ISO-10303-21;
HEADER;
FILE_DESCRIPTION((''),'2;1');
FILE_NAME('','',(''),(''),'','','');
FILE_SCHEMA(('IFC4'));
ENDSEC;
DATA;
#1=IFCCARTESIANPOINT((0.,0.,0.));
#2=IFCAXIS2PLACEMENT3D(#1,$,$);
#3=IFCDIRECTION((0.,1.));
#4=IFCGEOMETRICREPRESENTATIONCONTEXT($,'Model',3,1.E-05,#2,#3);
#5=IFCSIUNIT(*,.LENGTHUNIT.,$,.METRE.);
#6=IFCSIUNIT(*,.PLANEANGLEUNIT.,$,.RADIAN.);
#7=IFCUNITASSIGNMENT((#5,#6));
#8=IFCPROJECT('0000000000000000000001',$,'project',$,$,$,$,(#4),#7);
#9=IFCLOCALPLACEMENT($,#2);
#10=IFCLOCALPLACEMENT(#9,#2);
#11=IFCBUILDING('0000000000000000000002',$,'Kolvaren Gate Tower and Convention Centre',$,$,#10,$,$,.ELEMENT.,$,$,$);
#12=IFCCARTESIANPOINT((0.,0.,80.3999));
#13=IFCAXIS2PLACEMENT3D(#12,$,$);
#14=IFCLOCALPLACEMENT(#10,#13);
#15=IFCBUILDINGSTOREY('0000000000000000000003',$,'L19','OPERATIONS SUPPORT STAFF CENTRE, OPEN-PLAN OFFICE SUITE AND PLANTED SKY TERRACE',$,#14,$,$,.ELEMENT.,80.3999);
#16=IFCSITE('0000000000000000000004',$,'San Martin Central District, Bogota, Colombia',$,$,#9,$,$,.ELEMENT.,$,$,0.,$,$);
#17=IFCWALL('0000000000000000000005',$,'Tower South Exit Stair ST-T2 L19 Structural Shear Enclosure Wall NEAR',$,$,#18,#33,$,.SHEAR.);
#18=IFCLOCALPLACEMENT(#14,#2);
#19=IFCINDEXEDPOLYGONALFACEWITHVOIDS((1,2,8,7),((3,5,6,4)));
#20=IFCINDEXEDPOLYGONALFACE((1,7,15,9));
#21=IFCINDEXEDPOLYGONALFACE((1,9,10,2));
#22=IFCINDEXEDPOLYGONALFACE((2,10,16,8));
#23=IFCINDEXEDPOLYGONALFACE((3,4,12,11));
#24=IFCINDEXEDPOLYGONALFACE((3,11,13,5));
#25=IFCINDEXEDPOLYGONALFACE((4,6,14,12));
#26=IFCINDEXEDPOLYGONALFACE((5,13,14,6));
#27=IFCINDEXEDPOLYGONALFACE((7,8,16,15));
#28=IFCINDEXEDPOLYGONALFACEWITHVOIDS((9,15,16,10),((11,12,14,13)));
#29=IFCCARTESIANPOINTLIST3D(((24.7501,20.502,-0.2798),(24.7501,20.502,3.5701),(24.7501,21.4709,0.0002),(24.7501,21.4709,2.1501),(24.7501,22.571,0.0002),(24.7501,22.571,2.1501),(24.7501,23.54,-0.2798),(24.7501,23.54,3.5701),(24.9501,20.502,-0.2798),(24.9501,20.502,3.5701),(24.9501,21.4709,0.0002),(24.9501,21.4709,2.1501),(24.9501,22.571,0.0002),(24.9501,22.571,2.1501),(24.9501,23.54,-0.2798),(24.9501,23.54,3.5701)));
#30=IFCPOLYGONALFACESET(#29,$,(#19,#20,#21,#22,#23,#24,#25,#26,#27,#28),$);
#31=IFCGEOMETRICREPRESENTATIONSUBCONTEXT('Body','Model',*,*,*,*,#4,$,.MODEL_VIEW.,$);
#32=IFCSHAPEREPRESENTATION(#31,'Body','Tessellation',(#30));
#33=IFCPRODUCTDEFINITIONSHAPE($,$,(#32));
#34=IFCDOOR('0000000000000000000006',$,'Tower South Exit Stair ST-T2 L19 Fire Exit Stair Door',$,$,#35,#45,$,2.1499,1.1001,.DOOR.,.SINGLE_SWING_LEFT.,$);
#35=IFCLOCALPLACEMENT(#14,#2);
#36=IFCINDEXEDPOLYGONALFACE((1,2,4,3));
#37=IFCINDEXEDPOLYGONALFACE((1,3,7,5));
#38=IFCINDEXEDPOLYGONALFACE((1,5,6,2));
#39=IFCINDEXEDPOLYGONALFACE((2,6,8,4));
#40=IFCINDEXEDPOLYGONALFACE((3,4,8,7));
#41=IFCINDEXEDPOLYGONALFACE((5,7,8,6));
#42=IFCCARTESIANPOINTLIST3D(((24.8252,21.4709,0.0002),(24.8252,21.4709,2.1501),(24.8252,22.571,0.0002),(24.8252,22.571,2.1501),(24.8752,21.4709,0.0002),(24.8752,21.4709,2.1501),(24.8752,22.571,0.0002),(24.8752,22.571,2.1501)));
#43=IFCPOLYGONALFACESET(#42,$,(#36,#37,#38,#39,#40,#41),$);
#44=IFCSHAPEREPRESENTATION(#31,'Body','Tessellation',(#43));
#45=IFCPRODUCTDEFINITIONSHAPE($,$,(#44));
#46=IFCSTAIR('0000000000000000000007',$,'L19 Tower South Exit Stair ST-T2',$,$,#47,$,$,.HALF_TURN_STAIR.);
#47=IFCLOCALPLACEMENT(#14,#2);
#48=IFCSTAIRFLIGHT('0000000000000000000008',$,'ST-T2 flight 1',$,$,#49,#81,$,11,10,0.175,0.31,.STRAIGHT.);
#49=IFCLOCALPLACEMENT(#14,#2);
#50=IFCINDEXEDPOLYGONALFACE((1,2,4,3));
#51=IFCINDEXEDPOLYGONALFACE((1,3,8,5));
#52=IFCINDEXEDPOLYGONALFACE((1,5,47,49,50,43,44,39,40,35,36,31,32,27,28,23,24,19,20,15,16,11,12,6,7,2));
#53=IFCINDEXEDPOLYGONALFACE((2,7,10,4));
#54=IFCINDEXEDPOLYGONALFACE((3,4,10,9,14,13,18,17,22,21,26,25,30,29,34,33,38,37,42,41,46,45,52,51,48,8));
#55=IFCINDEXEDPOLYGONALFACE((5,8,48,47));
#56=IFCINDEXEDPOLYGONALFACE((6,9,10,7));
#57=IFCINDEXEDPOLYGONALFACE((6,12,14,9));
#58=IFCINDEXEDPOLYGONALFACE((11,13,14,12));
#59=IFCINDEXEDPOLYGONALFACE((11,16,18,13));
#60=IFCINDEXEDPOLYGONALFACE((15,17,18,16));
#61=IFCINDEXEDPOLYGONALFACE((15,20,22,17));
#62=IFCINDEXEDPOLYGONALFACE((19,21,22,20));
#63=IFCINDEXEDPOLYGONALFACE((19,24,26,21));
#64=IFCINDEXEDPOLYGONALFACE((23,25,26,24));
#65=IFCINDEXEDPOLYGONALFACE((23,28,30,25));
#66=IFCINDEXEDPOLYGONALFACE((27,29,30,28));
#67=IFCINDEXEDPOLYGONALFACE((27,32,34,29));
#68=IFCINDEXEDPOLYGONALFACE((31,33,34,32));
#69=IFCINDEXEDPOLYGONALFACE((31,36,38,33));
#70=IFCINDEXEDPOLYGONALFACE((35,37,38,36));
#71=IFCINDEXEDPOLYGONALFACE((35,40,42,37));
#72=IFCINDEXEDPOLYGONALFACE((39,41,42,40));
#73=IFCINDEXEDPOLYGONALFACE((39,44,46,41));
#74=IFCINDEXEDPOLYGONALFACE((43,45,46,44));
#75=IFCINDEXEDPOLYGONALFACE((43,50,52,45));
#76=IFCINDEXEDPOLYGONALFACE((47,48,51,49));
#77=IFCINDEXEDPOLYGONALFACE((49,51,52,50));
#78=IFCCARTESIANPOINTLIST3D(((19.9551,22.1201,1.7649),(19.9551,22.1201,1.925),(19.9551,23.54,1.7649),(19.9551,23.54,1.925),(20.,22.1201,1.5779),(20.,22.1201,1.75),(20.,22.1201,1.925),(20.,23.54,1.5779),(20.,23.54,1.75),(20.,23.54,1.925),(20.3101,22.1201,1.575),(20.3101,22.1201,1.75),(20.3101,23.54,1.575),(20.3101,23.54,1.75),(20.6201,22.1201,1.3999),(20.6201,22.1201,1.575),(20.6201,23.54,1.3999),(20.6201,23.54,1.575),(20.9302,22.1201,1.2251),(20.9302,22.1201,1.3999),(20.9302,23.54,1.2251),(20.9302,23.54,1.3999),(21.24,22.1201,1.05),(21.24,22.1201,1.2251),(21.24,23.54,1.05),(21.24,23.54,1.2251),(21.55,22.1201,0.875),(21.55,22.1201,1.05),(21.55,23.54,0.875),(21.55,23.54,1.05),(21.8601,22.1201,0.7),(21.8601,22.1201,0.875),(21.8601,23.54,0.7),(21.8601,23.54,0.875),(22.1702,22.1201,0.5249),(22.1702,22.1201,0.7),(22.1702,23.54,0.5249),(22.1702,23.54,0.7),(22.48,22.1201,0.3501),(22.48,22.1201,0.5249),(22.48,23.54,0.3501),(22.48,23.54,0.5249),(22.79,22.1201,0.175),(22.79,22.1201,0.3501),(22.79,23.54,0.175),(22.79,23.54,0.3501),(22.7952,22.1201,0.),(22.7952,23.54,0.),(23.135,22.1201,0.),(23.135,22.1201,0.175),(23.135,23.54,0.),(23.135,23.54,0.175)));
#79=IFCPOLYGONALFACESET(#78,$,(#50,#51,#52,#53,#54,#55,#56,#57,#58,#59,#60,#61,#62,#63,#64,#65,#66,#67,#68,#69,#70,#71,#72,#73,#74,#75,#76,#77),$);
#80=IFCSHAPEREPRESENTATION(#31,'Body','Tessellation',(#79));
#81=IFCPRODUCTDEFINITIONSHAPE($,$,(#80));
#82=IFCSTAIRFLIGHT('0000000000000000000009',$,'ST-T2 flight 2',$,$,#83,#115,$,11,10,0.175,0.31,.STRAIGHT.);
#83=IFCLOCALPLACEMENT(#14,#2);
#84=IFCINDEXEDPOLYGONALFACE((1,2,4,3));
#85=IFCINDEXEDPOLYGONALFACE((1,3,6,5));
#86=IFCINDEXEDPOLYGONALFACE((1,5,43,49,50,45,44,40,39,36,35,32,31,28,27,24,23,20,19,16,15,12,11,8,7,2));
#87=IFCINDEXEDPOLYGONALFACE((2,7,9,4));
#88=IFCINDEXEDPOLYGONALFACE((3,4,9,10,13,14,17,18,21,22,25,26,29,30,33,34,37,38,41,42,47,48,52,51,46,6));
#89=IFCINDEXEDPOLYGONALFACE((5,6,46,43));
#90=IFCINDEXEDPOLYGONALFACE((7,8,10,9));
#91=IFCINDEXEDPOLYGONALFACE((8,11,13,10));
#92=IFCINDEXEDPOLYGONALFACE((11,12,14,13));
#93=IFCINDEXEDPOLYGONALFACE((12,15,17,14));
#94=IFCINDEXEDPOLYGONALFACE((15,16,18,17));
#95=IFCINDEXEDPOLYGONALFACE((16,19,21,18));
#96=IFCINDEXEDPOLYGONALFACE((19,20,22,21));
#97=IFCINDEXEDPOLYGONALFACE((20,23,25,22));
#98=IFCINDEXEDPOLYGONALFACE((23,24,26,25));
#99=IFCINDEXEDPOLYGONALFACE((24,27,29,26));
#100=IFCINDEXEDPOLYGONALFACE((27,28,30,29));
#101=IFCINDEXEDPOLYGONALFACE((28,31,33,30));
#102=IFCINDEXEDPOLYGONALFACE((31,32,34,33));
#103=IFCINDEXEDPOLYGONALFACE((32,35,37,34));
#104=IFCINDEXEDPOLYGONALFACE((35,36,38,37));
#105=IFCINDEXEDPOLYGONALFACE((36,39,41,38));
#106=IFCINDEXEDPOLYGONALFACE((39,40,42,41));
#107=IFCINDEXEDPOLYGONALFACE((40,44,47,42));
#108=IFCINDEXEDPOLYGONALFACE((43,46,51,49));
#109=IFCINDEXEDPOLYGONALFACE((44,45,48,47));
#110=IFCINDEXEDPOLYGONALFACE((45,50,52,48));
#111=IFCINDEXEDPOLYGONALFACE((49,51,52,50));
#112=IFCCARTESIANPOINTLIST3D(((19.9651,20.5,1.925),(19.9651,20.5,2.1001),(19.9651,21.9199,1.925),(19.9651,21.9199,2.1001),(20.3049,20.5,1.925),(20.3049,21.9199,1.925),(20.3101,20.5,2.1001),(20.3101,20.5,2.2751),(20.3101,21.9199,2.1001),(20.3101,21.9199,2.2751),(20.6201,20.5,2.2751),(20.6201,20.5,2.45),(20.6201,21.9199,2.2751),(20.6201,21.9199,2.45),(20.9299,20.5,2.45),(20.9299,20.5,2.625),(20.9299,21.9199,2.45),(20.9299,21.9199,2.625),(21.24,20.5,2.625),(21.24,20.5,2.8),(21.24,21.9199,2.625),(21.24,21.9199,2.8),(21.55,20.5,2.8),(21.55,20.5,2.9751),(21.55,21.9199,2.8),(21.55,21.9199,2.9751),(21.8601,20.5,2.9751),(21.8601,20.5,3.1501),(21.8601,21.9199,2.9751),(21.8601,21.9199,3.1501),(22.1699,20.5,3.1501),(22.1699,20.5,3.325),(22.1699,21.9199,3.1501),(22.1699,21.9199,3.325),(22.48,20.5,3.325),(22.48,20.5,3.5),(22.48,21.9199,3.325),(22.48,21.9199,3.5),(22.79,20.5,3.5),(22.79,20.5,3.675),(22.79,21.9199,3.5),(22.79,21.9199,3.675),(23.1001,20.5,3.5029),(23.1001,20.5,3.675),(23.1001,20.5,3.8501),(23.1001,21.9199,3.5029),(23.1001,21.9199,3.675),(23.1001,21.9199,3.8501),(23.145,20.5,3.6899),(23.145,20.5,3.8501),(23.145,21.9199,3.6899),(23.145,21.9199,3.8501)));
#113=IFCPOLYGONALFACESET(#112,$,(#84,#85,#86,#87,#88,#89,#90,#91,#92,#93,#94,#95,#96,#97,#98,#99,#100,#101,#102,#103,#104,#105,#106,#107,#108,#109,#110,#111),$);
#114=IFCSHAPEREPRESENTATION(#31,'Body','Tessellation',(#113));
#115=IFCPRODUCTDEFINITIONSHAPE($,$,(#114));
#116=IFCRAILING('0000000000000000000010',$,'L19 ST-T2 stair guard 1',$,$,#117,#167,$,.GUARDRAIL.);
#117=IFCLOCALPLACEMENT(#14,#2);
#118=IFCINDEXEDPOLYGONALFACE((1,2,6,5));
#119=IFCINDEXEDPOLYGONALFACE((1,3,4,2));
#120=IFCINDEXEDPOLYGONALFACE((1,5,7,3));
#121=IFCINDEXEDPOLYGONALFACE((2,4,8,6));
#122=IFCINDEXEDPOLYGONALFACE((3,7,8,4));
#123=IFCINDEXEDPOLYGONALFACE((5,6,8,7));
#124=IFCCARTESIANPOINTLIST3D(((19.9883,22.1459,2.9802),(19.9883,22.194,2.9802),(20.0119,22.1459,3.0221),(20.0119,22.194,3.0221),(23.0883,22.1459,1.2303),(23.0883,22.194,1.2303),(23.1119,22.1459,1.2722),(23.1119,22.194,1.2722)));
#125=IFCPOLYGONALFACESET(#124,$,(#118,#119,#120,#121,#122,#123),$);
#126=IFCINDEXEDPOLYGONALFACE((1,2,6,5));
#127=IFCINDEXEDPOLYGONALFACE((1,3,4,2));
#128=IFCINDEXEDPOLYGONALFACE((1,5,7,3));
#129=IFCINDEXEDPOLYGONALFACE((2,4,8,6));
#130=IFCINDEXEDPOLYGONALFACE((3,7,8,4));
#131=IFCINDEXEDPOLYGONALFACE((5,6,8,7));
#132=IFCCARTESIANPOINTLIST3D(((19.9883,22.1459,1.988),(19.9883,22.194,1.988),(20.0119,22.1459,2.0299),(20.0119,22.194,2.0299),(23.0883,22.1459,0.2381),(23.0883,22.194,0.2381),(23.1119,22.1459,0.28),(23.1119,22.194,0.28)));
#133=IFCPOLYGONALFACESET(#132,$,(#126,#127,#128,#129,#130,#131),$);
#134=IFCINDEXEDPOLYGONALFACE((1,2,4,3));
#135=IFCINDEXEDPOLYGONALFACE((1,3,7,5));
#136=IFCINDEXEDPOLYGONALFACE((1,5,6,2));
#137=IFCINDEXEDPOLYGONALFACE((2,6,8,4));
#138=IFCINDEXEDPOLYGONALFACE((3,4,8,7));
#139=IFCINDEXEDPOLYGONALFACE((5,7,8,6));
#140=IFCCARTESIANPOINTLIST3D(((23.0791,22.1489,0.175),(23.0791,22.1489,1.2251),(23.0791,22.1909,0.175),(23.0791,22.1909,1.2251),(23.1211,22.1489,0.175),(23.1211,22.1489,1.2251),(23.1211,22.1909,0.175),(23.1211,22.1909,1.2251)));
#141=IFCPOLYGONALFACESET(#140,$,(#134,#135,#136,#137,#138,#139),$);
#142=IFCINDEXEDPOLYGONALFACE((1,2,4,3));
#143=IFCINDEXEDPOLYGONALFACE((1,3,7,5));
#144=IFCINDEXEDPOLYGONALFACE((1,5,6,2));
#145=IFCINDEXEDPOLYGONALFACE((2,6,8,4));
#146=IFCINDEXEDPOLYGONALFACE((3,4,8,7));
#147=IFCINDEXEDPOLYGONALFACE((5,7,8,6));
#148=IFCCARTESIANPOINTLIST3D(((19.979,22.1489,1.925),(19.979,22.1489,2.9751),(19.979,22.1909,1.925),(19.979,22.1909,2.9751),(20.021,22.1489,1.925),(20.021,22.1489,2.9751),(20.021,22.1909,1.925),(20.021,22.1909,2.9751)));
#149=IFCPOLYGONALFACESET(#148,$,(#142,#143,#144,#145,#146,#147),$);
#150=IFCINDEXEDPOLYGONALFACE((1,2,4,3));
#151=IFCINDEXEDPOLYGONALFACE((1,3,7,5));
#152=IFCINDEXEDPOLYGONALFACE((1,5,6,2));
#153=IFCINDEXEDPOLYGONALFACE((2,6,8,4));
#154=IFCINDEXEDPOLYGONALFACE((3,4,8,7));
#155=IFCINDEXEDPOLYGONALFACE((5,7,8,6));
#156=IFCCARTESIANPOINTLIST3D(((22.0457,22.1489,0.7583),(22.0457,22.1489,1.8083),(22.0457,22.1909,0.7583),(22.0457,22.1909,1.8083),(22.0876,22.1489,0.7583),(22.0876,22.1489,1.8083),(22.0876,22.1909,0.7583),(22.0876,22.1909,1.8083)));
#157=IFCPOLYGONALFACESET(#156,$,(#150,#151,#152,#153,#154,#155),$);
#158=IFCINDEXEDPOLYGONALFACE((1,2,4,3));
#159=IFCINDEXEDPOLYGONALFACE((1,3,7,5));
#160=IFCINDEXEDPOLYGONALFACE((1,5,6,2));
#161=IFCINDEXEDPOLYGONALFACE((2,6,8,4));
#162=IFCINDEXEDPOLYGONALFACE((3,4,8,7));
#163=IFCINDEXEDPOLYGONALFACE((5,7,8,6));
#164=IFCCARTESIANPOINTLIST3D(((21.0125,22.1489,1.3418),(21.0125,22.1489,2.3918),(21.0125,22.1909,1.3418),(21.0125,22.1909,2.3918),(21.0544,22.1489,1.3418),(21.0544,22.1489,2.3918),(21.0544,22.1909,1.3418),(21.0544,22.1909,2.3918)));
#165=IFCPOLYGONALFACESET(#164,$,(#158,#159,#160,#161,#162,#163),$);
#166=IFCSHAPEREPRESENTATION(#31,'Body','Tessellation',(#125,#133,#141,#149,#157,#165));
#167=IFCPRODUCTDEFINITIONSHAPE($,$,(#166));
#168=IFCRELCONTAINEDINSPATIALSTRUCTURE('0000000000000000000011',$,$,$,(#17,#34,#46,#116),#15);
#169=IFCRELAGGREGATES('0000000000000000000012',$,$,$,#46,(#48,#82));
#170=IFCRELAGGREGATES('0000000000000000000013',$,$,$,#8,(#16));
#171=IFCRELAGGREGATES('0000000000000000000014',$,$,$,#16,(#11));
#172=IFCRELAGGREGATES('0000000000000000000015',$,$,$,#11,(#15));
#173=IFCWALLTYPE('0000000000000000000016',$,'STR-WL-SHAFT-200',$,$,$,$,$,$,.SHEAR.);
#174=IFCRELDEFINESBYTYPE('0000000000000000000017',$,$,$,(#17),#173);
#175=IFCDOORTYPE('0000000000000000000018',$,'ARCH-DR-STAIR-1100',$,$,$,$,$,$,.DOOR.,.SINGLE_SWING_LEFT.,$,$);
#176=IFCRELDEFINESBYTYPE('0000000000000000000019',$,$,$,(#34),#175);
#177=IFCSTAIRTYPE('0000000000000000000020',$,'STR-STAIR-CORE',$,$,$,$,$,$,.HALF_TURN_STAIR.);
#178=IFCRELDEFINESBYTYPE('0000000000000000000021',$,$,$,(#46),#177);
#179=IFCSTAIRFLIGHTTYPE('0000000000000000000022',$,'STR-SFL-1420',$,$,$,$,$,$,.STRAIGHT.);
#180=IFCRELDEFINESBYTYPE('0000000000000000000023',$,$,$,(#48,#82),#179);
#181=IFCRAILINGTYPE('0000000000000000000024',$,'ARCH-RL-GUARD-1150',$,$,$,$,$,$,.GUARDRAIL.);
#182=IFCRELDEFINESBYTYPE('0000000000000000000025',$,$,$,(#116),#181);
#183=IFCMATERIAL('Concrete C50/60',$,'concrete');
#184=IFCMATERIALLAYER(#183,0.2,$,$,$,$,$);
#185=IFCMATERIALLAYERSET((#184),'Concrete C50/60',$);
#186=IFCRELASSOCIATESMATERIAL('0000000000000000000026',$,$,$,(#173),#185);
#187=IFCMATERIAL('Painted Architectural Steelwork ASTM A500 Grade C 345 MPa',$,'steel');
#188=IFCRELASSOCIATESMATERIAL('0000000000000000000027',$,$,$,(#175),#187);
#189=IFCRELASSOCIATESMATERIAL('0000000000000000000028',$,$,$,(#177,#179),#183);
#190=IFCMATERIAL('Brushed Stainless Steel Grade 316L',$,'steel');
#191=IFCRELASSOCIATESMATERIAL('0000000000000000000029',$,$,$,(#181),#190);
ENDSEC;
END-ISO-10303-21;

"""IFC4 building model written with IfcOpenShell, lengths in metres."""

from ifc_helpers import new_model, si_unit, direction, frame, frame_2d, origin, origin_2d, place, context, subcontext, project, spatial, polyline, rectangle, outline, extrude, material, layer, layer_set, type_object, element, fill, aggregate, save


model = new_model("IFC4")

# Units and contexts
model_context = context("Model", 3, precision=1e-05, world=origin(), true_north=direction((0.0, 1.0)))
body_context = subcontext(model_context, "Body", "Model", "MODEL_VIEW")
ifc_project = project(units=[si_unit("LENGTHUNIT", "METRE"), si_unit("PLANEANGLEUNIT", "RADIAN")], contexts=[model_context])

# Site, building, storey
site_placement = place(None, origin())
site = spatial("IfcSite", under=ifc_project, at=site_placement, Name="San Martin Central District, Bogota, Colombia", CompositionType="ELEMENT", RefElevation=0.0)
building_placement = place(site_placement, origin())
building = spatial("IfcBuilding", under=site, at=building_placement, Name="Kolvaren Gate Tower and Convention Centre", CompositionType="ELEMENT")
storey_placement = place(building_placement, frame((0.0, 0.0, 80.3999)))
storey = spatial("IfcBuildingStorey", under=building, at=storey_placement, Name="L19", Description="OPERATIONS SUPPORT STAFF CENTRE, OPEN-PLAN OFFICE SUITE AND PLANTED SKY TERRACE", CompositionType="ELEMENT", Elevation=80.3999)

# Shared definitions
ifc_material_1 = material(Name="Brushed Stainless Steel Grade 316L", Category="steel")

# Wall, opening, door
ifc_material_2 = material(Name="Concrete C50/60", Category="concrete")
ifc_layer_1 = layer(ifc_material_2, 0.2)
ifc_layer_set_1 = layer_set([ifc_layer_1], Name="Concrete C50/60")
wall_type_1 = type_object("IfcWallType", Name="STR-WL-SHAFT-200", PredefinedType="SHEAR", material=ifc_layer_set_1)
wall_1_placement = place(storey_placement, frame((24.8501, 20.502, -0.2798), z_axis=(0.0, 0.0, 1.0), x_axis=(0.0, 1.0, 0.0)))
wall_1 = element("IfcWall", 1, at=wall_1_placement, inside=storey, type_object=wall_type_1, Name="Tower South Exit Stair ST-T2 L19 Structural Shear Enclosure Wall NEAR", PredefinedType="SHEAR", context=body_context, shape_type="SweptSolid", body=[
    extrude(rectangle(XDim=3.0381, YDim=0.2, at=frame_2d((1.519, 0.0))), origin(), (0.0, 0.0, 1.0), 3.8499),
])
opening_1_placement = place(wall_1_placement, frame((0.969, 0.0, 0.28)))
opening_1 = element("IfcOpeningElement", 2, at=opening_1_placement, cuts=wall_1, PredefinedType="OPENING", context=body_context, shape_type="SweptSolid", body=[
    extrude(rectangle(XDim=1.1001, YDim=2.1499, at=frame_2d((0.55, 1.075))), frame((0.0, 0.1099, 0.0), z_axis=(0.0, -1.0, 0.0), x_axis=(1.0, 0.0, 0.0)), (0.0, 0.0, 1.0), 0.22),
])
ifc_material_3 = material(Name="Painted Architectural Steelwork ASTM A500 Grade C 345 MPa", Category="steel")
door_type_1 = type_object("IfcDoorType", Name="ARCH-DR-STAIR-1100", OperationType="SINGLE_SWING_LEFT", PredefinedType="DOOR", material=ifc_material_3)
door_1_placement = place(opening_1_placement, origin())
door_1 = element("IfcDoor", 3, at=door_1_placement, inside=storey, type_object=door_type_1, Name="Tower South Exit Stair ST-T2 L19 Fire Exit Stair Door", OperationType="SINGLE_SWING_LEFT", OverallHeight=2.1499, OverallWidth=1.1001, PredefinedType="DOOR", context=body_context, shape_type="SweptSolid", body=[
    extrude(rectangle(XDim=1.1001, YDim=2.1499, at=frame_2d((0.55, 1.075))), frame((0.0, 0.0249, 0.0), z_axis=(0.0, -1.0, 0.0), x_axis=(1.0, 0.0, 0.0)), (0.0, 0.0, 1.0), 0.05),
])
fill(opening_1, door_1)

# Stair, stair flights
stair_type = type_object("IfcStairType", Name="STR-STAIR-CORE", PredefinedType="HALF_TURN_STAIR", material=ifc_material_2)
stair_placement = place(storey_placement, origin())
stair = element("IfcStair", 4, at=stair_placement, inside=storey, type_object=stair_type, Name="L19 Tower South Exit Stair ST-T2", PredefinedType="HALF_TURN_STAIR")
stair_flight_type = type_object("IfcStairFlightType", Name="STR-SFL-1420", PredefinedType="STRAIGHT", material=ifc_material_2)
stair_flight_1_placement = place(storey_placement, frame((23.1001, 22.8301, 0.0), z_axis=(0.0, 0.0, 1.0), x_axis=(-1.0, 0.0, 0.0)))
stair_flight_1 = element("IfcStairFlight", 5, at=stair_flight_1_placement, type_object=stair_flight_type, Name="ST-T2 flight 1", NumberOfRisers=11, NumberOfTreads=10, PredefinedType="STRAIGHT", RiserHeight=0.175, TreadLength=0.31, context=body_context, shape_type="SweptSolid", body=[
    extrude(outline(polyline([(-0.0349, 0.0), (-0.0349, 0.175), (0.3101, 0.175), (0.3101, 0.3501), (0.6201, 0.3501), (0.6201, 0.5249), (0.9299, 0.5249), (0.9299, 0.7), (1.24, 0.7), (1.24, 0.875), (1.55, 0.875), (1.55, 1.05), (1.8601, 1.05), (1.8601, 1.2251), (2.1699, 1.2251), (2.1699, 1.3999), (2.48, 1.3999), (2.48, 1.575), (2.79, 1.575), (2.79, 1.75), (3.1001, 1.75), (3.1001, 1.925), (3.145, 1.925), (3.145, 1.7649), (3.1001, 1.5779), (0.3049, 0.0), (-0.0349, 0.0)])), frame((0.0, 0.71, 0.0), z_axis=(0.0, -1.0, 0.0), x_axis=(1.0, 0.0, 0.0)), (0.0, 0.0, 1.0), 1.4199),
])
stair_flight_2_placement = place(storey_placement, frame((20.0, 21.21, 1.925), z_axis=(0.0, 0.0, 1.0), x_axis=(1.0, 0.0, 0.0)))
stair_flight_2 = element("IfcStairFlight", 6, at=stair_flight_2_placement, type_object=stair_flight_type, Name="ST-T2 flight 2", NumberOfRisers=11, NumberOfTreads=10, PredefinedType="STRAIGHT", RiserHeight=0.175, TreadLength=0.31, context=body_context, shape_type="SweptSolid", body=[
    extrude(outline(polyline([(-0.0349, 0.0), (-0.0349, 0.175), (0.3101, 0.175), (0.3101, 0.3501), (0.6201, 0.3501), (0.6201, 0.5249), (0.9299, 0.5249), (0.9299, 0.7), (1.24, 0.7), (1.24, 0.875), (1.55, 0.875), (1.55, 1.05), (1.8601, 1.05), (1.8601, 1.2251), (2.1699, 1.2251), (2.1699, 1.3999), (2.48, 1.3999), (2.48, 1.575), (2.79, 1.575), (2.79, 1.75), (3.1001, 1.75), (3.1001, 1.925), (3.145, 1.925), (3.145, 1.7649), (3.1001, 1.5779), (0.3049, 0.0), (-0.0349, 0.0)])), frame((0.0, 0.71, 0.0), z_axis=(0.0, -1.0, 0.0), x_axis=(1.0, 0.0, 0.0)), (0.0, 0.0, 1.0), 1.4199),
])
aggregate(stair, [stair_flight_1, stair_flight_2])

# Railing
railing_type_1 = type_object("IfcRailingType", Name="ARCH-RL-GUARD-1150", PredefinedType="GUARDRAIL", material=ifc_material_1)
railing_1_placement = place(storey_placement, frame((23.1001, 22.1699, 0.175)))
element("IfcRailing", 7, at=railing_1_placement, inside=storey, type_object=railing_type_1, Name="L19 ST-T2 stair guard 1", PredefinedType="GUARDRAIL", context=body_context, shape_type="SweptSolid", body=[
    extrude(rectangle(XDim=0.0481, YDim=0.0481, at=origin_2d()), frame((0.0, 0.0, 1.0762), z_axis=(-0.870831, 0.0, 0.491583), x_axis=(0.0, -1.0, 0.0)), (0.0, 0.0, 1.0), 3.5598),
    extrude(rectangle(XDim=0.0481, YDim=0.0481, at=origin_2d()), frame((0.0, 0.0, 0.084), z_axis=(-0.870831, 0.0, 0.491583), x_axis=(0.0, -1.0, 0.0)), (0.0, 0.0, 1.0), 3.5598),
    extrude(rectangle(XDim=0.042, YDim=0.042, at=origin_2d()), origin(), (0.0, 0.0, 1.0), 1.05),
    extrude(rectangle(XDim=0.042, YDim=0.042, at=origin_2d()), frame((-3.1001, 0.0, 1.75)), (0.0, 0.0, 1.0), 1.05),
    extrude(rectangle(XDim=0.042, YDim=0.042, at=origin_2d()), frame((-1.0334, 0.0, 0.5833)), (0.0, 0.0, 1.0), 1.05),
    extrude(rectangle(XDim=0.042, YDim=0.042, at=origin_2d()), frame((-2.0667, 0.0, 1.1667)), (0.0, 0.0, 1.0), 1.05),
])

save(model, "model.ifc")
